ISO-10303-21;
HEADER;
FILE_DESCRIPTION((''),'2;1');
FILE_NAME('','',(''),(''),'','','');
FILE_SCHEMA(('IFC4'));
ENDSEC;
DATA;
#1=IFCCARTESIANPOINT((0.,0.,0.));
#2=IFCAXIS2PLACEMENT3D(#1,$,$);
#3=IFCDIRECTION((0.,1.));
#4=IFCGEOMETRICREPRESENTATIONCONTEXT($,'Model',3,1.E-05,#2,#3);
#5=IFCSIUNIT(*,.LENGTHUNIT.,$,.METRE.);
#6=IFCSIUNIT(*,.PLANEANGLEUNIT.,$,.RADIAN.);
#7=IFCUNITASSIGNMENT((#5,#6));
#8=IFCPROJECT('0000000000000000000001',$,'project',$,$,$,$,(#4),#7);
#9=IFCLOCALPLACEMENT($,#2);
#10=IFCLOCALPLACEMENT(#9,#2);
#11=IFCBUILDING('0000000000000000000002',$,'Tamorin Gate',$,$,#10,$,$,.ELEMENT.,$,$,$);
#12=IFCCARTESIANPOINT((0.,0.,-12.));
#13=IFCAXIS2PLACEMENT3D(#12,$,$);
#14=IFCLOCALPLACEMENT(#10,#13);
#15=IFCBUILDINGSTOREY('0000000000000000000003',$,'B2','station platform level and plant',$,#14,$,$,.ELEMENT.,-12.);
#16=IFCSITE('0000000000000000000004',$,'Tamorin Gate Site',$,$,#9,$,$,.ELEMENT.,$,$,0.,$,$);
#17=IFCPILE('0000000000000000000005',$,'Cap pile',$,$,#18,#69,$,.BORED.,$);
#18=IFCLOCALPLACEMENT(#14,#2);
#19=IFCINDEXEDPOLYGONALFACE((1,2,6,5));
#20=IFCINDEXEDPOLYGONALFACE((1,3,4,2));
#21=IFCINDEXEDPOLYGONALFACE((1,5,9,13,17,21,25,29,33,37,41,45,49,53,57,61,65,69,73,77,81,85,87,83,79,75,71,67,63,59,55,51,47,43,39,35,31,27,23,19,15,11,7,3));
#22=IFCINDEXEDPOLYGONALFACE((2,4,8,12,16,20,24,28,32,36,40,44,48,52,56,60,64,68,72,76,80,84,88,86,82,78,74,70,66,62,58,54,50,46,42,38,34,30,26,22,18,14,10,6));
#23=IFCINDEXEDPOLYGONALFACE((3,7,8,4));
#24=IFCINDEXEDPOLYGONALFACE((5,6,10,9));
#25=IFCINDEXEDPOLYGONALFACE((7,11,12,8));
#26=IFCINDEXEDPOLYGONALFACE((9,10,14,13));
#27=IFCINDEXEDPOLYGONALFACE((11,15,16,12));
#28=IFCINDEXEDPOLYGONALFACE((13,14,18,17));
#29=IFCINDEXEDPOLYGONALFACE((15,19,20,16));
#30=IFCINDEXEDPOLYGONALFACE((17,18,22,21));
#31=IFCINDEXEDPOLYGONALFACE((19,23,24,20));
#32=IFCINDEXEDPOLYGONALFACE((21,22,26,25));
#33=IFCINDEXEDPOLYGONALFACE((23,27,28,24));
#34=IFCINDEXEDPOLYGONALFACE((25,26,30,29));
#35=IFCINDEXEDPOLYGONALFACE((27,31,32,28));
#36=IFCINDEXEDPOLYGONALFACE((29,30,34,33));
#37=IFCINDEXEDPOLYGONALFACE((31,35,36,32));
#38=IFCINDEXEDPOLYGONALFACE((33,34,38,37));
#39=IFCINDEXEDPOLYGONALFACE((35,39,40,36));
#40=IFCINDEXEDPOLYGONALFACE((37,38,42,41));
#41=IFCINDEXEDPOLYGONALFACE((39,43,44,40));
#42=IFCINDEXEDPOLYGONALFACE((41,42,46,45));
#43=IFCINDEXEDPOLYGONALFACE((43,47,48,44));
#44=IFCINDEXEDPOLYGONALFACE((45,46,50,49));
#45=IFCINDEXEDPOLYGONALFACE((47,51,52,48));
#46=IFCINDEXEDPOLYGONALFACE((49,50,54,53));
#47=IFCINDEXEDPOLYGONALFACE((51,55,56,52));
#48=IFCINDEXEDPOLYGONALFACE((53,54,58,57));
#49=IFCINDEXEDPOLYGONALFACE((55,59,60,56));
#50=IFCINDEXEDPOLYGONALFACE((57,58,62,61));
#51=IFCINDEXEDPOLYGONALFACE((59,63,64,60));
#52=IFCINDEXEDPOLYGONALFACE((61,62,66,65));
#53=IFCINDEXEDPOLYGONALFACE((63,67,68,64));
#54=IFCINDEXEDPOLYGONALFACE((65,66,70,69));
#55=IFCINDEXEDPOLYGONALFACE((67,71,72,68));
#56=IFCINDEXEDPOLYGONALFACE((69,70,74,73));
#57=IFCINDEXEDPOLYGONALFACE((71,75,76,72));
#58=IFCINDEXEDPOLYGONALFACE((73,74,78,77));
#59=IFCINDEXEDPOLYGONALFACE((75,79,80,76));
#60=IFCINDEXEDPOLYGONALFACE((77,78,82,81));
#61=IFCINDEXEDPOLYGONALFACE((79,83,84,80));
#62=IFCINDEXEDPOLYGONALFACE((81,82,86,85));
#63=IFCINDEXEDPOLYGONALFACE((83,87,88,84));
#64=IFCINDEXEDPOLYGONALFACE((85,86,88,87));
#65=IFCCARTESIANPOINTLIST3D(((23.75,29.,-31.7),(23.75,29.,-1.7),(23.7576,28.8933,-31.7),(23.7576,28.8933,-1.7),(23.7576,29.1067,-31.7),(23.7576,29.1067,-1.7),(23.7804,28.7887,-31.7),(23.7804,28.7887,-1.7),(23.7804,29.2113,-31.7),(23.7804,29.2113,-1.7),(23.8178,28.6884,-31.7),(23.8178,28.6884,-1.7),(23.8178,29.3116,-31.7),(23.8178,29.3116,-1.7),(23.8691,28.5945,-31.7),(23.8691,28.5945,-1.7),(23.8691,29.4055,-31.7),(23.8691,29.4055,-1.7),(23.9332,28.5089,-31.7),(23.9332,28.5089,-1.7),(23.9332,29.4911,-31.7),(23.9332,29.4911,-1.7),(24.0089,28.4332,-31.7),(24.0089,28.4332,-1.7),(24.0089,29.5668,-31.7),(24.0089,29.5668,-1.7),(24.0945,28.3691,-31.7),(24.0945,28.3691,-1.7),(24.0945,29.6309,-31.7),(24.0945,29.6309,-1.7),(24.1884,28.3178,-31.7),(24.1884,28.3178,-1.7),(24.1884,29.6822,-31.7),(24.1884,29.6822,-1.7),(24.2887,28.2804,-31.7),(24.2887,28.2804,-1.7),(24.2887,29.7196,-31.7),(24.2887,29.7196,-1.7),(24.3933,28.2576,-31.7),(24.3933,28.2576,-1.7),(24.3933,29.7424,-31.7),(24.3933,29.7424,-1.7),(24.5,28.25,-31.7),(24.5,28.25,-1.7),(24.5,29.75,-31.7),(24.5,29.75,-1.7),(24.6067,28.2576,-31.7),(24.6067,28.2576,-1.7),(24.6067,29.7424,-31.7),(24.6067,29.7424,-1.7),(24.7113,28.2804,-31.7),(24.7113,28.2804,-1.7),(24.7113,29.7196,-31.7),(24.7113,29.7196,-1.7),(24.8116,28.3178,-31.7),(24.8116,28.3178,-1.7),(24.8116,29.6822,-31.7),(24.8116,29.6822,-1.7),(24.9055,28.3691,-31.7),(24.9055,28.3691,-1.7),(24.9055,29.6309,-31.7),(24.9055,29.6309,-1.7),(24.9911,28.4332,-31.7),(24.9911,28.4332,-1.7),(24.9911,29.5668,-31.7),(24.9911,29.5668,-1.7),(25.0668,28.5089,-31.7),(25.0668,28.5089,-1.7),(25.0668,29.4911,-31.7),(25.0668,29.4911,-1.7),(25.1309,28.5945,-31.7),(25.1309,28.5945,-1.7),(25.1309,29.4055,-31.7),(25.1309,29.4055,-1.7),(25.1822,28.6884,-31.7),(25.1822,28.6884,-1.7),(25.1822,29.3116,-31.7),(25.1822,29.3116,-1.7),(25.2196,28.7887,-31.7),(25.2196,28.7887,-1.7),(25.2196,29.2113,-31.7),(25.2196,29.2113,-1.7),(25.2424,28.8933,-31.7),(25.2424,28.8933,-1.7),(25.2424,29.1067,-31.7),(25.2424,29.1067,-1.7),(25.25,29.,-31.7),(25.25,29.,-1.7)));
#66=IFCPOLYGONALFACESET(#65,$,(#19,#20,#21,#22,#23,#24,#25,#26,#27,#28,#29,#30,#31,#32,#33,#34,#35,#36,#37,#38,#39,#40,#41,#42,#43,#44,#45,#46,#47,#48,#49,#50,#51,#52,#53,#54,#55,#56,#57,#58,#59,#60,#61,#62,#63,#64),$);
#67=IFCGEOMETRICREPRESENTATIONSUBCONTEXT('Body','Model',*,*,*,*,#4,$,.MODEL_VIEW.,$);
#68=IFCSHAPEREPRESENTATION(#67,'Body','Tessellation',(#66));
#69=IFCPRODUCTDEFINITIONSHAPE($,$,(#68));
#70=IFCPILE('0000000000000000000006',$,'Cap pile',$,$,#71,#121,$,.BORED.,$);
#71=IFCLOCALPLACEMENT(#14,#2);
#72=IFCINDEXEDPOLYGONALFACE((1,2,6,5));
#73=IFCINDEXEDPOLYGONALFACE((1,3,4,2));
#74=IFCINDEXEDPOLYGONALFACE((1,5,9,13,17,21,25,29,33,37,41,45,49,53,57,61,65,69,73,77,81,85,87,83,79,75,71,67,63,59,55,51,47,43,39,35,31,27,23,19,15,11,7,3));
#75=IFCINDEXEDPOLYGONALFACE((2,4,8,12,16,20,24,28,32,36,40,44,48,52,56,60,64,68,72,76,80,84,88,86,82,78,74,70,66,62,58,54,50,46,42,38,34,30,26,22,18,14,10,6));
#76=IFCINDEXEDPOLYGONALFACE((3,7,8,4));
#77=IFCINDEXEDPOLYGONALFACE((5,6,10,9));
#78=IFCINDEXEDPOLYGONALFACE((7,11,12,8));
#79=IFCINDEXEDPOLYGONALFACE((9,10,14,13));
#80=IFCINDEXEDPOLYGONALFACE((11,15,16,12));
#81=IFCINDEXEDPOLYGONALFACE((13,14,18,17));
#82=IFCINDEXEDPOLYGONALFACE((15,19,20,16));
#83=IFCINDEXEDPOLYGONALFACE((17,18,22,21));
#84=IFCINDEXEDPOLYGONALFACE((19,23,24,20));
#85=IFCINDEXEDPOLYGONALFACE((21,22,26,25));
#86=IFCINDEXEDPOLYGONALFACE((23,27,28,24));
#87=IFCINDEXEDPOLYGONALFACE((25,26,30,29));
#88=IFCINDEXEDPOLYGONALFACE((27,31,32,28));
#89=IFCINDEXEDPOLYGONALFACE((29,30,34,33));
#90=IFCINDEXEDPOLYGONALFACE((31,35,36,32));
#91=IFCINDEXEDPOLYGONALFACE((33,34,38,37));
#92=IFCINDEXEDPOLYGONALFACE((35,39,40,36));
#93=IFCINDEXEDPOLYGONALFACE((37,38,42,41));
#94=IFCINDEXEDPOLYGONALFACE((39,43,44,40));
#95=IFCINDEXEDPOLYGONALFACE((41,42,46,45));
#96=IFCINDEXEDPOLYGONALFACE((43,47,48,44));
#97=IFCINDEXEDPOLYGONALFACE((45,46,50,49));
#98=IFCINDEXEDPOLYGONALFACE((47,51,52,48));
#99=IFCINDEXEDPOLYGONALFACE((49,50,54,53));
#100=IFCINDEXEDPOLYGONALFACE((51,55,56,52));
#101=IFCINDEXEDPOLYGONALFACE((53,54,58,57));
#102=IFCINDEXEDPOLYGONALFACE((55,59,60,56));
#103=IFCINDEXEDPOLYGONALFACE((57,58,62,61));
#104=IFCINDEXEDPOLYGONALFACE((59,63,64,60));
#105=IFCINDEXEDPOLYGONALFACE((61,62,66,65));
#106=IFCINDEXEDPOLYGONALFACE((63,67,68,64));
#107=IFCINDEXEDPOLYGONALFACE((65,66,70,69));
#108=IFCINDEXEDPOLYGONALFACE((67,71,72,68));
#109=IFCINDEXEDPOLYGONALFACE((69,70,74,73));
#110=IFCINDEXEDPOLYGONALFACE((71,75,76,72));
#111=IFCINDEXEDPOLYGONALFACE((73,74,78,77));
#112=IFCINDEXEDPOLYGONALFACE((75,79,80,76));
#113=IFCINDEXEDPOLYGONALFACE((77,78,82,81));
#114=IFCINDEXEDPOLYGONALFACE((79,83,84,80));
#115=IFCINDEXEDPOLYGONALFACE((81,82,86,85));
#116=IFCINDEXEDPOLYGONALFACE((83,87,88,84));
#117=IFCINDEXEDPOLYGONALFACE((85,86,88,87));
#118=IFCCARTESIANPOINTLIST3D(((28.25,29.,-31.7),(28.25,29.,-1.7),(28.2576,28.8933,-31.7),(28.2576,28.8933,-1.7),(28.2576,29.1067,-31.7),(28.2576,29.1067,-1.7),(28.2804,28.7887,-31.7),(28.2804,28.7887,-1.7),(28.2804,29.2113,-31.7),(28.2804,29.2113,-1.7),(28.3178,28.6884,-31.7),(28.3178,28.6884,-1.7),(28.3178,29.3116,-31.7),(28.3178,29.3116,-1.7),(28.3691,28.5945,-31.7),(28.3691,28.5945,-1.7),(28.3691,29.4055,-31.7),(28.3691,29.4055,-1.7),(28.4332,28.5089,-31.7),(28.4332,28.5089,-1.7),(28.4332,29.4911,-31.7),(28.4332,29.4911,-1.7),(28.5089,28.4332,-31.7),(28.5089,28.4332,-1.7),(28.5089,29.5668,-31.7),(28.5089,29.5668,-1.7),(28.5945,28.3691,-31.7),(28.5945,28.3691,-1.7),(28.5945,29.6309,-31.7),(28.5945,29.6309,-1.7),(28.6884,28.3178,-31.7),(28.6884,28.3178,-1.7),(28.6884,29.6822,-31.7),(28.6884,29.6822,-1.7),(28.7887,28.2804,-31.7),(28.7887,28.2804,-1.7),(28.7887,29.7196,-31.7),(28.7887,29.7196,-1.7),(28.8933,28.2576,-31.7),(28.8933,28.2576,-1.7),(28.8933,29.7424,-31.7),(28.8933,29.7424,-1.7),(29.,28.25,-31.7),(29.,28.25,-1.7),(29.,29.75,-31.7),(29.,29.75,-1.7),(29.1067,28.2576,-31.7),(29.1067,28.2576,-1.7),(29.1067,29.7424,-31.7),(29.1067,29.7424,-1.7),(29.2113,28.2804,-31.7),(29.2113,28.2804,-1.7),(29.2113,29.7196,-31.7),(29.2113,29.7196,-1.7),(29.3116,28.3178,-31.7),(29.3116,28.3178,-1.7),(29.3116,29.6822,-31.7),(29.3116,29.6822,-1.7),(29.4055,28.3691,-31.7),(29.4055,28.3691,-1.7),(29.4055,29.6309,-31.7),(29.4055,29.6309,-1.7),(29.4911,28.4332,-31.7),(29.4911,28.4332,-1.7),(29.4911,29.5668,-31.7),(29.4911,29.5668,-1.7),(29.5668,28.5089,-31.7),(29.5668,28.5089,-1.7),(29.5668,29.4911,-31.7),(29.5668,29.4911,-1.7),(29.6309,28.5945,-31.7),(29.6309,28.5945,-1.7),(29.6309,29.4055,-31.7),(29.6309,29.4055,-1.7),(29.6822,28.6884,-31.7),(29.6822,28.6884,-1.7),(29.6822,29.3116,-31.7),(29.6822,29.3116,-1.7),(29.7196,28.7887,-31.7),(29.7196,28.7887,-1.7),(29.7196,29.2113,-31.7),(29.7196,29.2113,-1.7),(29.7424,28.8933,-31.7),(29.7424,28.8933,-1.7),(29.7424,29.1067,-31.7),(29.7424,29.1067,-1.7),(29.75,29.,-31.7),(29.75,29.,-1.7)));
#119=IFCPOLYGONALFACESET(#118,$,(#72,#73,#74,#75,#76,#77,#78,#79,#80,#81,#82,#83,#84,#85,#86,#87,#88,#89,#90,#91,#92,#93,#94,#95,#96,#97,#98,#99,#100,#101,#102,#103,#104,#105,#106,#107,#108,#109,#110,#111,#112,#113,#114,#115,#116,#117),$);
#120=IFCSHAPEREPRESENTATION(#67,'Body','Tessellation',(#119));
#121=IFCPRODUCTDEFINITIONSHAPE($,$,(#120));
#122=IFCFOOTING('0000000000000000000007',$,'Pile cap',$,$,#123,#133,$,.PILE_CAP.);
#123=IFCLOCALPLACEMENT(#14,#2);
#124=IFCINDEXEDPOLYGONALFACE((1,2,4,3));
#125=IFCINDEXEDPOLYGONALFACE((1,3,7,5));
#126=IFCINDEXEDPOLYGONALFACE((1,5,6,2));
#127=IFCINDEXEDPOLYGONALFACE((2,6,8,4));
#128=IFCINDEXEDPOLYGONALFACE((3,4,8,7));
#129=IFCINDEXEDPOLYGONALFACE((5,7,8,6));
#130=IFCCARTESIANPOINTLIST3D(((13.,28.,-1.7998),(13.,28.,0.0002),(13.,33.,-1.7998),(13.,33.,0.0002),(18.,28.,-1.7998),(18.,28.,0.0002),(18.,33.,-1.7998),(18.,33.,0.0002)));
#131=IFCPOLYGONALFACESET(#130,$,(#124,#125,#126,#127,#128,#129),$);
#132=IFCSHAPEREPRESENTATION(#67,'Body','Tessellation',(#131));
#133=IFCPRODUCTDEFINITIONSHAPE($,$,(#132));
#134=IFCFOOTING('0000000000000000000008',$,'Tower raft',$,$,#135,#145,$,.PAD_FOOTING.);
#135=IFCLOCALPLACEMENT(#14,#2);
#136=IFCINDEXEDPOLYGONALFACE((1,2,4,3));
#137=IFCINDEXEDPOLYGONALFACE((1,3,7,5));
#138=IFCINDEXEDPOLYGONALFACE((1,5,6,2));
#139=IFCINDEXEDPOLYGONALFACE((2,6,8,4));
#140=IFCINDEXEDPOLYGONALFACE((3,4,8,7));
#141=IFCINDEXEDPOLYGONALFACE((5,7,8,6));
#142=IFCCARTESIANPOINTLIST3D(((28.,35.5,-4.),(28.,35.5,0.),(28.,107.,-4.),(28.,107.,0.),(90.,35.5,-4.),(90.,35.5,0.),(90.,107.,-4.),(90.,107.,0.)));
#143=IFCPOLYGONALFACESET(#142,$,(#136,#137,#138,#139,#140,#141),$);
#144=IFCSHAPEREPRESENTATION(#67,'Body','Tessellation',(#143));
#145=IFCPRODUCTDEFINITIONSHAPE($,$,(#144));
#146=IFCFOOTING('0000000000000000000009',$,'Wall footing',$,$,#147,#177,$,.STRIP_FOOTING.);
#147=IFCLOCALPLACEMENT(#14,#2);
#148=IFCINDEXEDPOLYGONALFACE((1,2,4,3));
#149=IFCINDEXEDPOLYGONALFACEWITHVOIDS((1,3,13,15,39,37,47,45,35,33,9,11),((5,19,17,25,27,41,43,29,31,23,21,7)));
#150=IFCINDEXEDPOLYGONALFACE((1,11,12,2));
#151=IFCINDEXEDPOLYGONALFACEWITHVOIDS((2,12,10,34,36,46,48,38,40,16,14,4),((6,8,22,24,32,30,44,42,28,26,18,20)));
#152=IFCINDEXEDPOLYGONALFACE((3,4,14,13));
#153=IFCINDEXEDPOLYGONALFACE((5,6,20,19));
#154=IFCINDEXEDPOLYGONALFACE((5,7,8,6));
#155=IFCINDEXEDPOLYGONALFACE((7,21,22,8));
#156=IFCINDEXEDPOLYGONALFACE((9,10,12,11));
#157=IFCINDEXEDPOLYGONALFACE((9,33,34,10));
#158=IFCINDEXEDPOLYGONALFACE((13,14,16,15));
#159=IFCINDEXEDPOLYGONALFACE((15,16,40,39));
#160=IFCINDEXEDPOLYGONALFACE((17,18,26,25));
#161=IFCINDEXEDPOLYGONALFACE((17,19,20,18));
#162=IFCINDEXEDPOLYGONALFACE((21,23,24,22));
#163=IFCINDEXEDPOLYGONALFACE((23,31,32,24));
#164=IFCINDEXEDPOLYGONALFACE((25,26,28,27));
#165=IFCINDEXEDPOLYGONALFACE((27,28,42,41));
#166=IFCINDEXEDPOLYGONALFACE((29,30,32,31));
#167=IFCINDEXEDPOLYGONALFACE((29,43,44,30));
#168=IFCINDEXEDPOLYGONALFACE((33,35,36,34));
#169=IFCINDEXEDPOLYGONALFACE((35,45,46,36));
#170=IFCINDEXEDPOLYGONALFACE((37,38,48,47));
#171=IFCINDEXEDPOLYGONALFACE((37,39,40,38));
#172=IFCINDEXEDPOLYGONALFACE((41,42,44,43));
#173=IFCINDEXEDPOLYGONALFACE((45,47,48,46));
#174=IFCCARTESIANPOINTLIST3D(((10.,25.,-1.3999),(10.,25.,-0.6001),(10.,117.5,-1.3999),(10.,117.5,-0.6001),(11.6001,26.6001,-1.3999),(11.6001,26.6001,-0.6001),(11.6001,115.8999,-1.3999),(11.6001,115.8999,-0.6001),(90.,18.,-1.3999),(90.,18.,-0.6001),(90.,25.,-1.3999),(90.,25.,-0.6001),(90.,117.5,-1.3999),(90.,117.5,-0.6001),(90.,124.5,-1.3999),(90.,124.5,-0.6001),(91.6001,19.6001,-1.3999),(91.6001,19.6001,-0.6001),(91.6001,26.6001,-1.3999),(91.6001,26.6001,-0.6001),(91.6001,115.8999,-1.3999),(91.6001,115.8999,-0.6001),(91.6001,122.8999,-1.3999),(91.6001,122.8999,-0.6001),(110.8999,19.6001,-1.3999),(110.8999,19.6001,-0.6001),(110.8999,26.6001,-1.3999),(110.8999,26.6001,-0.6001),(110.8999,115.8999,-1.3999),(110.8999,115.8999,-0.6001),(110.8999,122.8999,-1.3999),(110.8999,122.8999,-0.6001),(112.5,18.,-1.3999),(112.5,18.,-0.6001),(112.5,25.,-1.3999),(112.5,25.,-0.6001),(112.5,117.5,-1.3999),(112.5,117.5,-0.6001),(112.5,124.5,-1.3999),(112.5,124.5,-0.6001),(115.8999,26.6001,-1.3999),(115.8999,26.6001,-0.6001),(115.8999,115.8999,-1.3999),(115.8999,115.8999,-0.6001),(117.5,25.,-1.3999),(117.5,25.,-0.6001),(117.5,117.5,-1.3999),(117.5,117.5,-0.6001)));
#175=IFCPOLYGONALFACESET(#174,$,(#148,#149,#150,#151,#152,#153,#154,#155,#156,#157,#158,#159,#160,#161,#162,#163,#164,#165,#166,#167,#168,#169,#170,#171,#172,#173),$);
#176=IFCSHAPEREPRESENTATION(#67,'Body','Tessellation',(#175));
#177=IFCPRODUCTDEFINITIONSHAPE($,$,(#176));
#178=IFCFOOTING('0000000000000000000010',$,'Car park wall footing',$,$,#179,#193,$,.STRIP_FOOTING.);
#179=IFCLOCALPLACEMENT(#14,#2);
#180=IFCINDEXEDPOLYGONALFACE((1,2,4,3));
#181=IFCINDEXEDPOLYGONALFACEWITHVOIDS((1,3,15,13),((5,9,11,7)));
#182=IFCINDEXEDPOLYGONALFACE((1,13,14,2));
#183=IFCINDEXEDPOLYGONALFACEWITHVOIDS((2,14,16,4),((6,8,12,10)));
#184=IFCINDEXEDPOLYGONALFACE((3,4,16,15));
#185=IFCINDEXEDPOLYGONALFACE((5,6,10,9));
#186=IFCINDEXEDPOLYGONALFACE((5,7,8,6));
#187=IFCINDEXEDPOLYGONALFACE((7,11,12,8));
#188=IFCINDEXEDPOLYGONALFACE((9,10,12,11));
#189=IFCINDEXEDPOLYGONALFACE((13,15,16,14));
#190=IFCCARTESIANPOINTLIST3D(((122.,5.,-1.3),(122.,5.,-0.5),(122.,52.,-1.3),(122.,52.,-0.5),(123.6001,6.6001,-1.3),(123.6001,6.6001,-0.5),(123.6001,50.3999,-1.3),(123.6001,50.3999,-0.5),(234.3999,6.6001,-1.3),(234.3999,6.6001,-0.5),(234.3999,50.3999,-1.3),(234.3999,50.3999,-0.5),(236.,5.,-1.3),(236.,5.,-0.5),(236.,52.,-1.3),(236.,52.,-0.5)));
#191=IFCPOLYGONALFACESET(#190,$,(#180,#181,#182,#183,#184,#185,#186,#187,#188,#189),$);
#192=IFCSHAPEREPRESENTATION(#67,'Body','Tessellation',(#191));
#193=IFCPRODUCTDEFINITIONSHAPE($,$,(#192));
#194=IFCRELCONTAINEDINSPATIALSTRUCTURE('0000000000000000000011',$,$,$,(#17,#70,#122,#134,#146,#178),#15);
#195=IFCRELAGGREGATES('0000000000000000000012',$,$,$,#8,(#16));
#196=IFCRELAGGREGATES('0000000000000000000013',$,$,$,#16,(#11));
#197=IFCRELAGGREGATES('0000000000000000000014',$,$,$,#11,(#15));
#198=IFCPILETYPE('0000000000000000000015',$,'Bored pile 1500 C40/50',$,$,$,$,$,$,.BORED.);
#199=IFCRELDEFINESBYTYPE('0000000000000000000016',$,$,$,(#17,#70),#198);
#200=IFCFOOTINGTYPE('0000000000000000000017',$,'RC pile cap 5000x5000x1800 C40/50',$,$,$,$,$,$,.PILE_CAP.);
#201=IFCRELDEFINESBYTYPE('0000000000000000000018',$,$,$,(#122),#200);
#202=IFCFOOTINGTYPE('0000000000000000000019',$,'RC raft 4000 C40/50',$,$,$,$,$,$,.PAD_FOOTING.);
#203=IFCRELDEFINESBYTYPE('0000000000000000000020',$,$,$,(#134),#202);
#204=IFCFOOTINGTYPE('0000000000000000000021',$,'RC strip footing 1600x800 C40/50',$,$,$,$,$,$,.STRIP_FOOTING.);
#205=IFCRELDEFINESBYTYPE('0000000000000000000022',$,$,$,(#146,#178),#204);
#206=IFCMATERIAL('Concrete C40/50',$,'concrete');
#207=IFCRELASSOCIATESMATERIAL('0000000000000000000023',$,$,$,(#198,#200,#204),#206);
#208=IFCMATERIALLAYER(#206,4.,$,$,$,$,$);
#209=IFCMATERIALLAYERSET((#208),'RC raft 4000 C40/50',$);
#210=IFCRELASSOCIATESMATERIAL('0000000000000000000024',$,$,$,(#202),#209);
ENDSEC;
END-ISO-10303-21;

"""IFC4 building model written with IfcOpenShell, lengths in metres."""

from ifc_helpers import new_model, si_unit, direction, frame, origin, origin_2d, place, context, subcontext, project, spatial, polyline, rectangle, circle, outline, extrude, material, layer, layer_set, material_profile, profile_set, type_object, element, save


model = new_model("IFC4")

# Units and contexts
model_context = context("Model", 3, precision=1e-05, world=origin(), true_north=direction((0.0, 1.0)))
body_context = subcontext(model_context, "Body", "Model", "MODEL_VIEW")
ifc_project = project(units=[si_unit("LENGTHUNIT", "METRE"), si_unit("PLANEANGLEUNIT", "RADIAN")], contexts=[model_context])

# Site, building, storey
site_placement = place(None, origin())
site = spatial("IfcSite", under=ifc_project, at=site_placement, Name="Tamorin Gate Site", CompositionType="ELEMENT", RefElevation=0.0)
building_placement = place(site_placement, origin())
building = spatial("IfcBuilding", under=site, at=building_placement, Name="Tamorin Gate", CompositionType="ELEMENT")
storey_placement = place(building_placement, frame((0.0, 0.0, -12.0)))
storey = spatial("IfcBuildingStorey", under=building, at=storey_placement, Name="B2", Description="station platform level and plant", CompositionType="ELEMENT", Elevation=-12.0)

# Piles
ifc_material_1 = material(Name="Concrete C40/50", Category="concrete")
ifc_material_profile_1 = material_profile(ifc_material_1, circle(Radius=0.75, at=origin_2d()))
ifc_profile_set_1 = profile_set([ifc_material_profile_1], Name="Concrete C40/50")
pile_type = type_object("IfcPileType", Name="Bored pile 1500 C40/50", PredefinedType="BORED", material=ifc_profile_set_1)
for number, where, z_axis, x_axis, name in (
    (1, (24.5, 29.0, -1.7), (0.0, 0.0, -1.0), (1.0, 0.0, 0.0), "Cap pile"),
    (2, (29.0, 29.0, -1.7), (0.0, 0.0, -1.0), (1.0, 0.0, 0.0), "Cap pile"),
):
    element("IfcPile", number, at=place(storey_placement, frame(where, z_axis=z_axis, x_axis=x_axis)), inside=storey, type_object=pile_type, Name=name, PredefinedType="BORED", context=body_context, shape_type="SweptSolid", body=[
        extrude(circle(Radius=0.75, at=origin_2d()), origin(), (0.0, 0.0, 1.0), 30.0),
    ])

# Footings
footing_type_1 = type_object("IfcFootingType", Name="RC pile cap 5000x5000x1800 C40/50", PredefinedType="PILE_CAP", material=ifc_material_1)
footing_1_placement = place(storey_placement, frame((15.5, 30.5, -1.7998), z_axis=(0.0, 0.0, 1.0), x_axis=(1.0, 0.0, 0.0)))
element("IfcFooting", 3, at=footing_1_placement, inside=storey, type_object=footing_type_1, Name="Pile cap", PredefinedType="PILE_CAP", context=body_context, shape_type="SweptSolid", body=[
    extrude(rectangle(XDim=5.0, YDim=5.0, at=origin_2d()), origin(), (0.0, 0.0, 1.0), 1.8),
])
ifc_layer_1 = layer(ifc_material_1, 4.0)
ifc_layer_set_1 = layer_set([ifc_layer_1], Name="RC raft 4000 C40/50")
footing_type_2 = type_object("IfcFootingType", Name="RC raft 4000 C40/50", PredefinedType="PAD_FOOTING", material=ifc_layer_set_1)
footing_2_placement = place(storey_placement, frame((0.0, 0.0, -4.0)))
element("IfcFooting", 4, at=footing_2_placement, inside=storey, type_object=footing_type_2, Name="Tower raft", PredefinedType="PAD_FOOTING", context=body_context, shape_type="SweptSolid", body=[
    extrude(outline(polyline([(28.0, 35.5), (90.0, 35.5), (90.0, 107.0), (28.0, 107.0), (28.0, 35.5)])), origin(), (0.0, 0.0, 1.0), 4.0),
])
footing_type_3 = type_object("IfcFootingType", Name="RC strip footing 1600x800 C40/50", PredefinedType="STRIP_FOOTING", material=ifc_material_1)
footing_3_placement = place(storey_placement, frame((0.0, 0.0, -1.3999)))
element("IfcFooting", 5, at=footing_3_placement, inside=storey, type_object=footing_type_3, Name="Wall footing", PredefinedType="STRIP_FOOTING", context=body_context, shape_type="SweptSolid", body=[
    extrude(outline(polyline([(117.5, 25.0), (112.5, 25.0), (112.5, 18.0), (90.0, 18.0), (90.0, 25.0), (10.0, 25.0), (10.0, 117.5), (90.0, 117.5), (90.0, 124.5), (112.5, 124.5), (112.5, 117.5), (117.5, 117.5), (117.5, 25.0)]), holes=[polyline([(110.8999, 115.8999), (110.8999, 122.8999), (91.6001, 122.8999), (91.6001, 115.8999), (11.6001, 115.8999), (11.6001, 26.6001), (91.6001, 26.6001), (91.6001, 19.6001), (110.8999, 19.6001), (110.8999, 26.6001), (115.8999, 26.6001), (115.8999, 115.8999), (110.8999, 115.8999)])]), origin(), (0.0, 0.0, 1.0), 0.7998),
])
footing_4_placement = place(storey_placement, frame((0.0, 0.0, -1.3)))
element("IfcFooting", 6, at=footing_4_placement, inside=storey, type_object=footing_type_3, Name="Car park wall footing", PredefinedType="STRIP_FOOTING", context=body_context, shape_type="SweptSolid", body=[
    extrude(outline(polyline([(122.0, 5.0), (122.0, 52.0), (236.0, 52.0), (236.0, 5.0), (122.0, 5.0)]), holes=[polyline([(234.3999, 50.3999), (123.6001, 50.3999), (123.6001, 6.6001), (234.3999, 6.6001), (234.3999, 50.3999)])]), origin(), (0.0, 0.0, 1.0), 0.8),
])

save(model, "model.ifc")
